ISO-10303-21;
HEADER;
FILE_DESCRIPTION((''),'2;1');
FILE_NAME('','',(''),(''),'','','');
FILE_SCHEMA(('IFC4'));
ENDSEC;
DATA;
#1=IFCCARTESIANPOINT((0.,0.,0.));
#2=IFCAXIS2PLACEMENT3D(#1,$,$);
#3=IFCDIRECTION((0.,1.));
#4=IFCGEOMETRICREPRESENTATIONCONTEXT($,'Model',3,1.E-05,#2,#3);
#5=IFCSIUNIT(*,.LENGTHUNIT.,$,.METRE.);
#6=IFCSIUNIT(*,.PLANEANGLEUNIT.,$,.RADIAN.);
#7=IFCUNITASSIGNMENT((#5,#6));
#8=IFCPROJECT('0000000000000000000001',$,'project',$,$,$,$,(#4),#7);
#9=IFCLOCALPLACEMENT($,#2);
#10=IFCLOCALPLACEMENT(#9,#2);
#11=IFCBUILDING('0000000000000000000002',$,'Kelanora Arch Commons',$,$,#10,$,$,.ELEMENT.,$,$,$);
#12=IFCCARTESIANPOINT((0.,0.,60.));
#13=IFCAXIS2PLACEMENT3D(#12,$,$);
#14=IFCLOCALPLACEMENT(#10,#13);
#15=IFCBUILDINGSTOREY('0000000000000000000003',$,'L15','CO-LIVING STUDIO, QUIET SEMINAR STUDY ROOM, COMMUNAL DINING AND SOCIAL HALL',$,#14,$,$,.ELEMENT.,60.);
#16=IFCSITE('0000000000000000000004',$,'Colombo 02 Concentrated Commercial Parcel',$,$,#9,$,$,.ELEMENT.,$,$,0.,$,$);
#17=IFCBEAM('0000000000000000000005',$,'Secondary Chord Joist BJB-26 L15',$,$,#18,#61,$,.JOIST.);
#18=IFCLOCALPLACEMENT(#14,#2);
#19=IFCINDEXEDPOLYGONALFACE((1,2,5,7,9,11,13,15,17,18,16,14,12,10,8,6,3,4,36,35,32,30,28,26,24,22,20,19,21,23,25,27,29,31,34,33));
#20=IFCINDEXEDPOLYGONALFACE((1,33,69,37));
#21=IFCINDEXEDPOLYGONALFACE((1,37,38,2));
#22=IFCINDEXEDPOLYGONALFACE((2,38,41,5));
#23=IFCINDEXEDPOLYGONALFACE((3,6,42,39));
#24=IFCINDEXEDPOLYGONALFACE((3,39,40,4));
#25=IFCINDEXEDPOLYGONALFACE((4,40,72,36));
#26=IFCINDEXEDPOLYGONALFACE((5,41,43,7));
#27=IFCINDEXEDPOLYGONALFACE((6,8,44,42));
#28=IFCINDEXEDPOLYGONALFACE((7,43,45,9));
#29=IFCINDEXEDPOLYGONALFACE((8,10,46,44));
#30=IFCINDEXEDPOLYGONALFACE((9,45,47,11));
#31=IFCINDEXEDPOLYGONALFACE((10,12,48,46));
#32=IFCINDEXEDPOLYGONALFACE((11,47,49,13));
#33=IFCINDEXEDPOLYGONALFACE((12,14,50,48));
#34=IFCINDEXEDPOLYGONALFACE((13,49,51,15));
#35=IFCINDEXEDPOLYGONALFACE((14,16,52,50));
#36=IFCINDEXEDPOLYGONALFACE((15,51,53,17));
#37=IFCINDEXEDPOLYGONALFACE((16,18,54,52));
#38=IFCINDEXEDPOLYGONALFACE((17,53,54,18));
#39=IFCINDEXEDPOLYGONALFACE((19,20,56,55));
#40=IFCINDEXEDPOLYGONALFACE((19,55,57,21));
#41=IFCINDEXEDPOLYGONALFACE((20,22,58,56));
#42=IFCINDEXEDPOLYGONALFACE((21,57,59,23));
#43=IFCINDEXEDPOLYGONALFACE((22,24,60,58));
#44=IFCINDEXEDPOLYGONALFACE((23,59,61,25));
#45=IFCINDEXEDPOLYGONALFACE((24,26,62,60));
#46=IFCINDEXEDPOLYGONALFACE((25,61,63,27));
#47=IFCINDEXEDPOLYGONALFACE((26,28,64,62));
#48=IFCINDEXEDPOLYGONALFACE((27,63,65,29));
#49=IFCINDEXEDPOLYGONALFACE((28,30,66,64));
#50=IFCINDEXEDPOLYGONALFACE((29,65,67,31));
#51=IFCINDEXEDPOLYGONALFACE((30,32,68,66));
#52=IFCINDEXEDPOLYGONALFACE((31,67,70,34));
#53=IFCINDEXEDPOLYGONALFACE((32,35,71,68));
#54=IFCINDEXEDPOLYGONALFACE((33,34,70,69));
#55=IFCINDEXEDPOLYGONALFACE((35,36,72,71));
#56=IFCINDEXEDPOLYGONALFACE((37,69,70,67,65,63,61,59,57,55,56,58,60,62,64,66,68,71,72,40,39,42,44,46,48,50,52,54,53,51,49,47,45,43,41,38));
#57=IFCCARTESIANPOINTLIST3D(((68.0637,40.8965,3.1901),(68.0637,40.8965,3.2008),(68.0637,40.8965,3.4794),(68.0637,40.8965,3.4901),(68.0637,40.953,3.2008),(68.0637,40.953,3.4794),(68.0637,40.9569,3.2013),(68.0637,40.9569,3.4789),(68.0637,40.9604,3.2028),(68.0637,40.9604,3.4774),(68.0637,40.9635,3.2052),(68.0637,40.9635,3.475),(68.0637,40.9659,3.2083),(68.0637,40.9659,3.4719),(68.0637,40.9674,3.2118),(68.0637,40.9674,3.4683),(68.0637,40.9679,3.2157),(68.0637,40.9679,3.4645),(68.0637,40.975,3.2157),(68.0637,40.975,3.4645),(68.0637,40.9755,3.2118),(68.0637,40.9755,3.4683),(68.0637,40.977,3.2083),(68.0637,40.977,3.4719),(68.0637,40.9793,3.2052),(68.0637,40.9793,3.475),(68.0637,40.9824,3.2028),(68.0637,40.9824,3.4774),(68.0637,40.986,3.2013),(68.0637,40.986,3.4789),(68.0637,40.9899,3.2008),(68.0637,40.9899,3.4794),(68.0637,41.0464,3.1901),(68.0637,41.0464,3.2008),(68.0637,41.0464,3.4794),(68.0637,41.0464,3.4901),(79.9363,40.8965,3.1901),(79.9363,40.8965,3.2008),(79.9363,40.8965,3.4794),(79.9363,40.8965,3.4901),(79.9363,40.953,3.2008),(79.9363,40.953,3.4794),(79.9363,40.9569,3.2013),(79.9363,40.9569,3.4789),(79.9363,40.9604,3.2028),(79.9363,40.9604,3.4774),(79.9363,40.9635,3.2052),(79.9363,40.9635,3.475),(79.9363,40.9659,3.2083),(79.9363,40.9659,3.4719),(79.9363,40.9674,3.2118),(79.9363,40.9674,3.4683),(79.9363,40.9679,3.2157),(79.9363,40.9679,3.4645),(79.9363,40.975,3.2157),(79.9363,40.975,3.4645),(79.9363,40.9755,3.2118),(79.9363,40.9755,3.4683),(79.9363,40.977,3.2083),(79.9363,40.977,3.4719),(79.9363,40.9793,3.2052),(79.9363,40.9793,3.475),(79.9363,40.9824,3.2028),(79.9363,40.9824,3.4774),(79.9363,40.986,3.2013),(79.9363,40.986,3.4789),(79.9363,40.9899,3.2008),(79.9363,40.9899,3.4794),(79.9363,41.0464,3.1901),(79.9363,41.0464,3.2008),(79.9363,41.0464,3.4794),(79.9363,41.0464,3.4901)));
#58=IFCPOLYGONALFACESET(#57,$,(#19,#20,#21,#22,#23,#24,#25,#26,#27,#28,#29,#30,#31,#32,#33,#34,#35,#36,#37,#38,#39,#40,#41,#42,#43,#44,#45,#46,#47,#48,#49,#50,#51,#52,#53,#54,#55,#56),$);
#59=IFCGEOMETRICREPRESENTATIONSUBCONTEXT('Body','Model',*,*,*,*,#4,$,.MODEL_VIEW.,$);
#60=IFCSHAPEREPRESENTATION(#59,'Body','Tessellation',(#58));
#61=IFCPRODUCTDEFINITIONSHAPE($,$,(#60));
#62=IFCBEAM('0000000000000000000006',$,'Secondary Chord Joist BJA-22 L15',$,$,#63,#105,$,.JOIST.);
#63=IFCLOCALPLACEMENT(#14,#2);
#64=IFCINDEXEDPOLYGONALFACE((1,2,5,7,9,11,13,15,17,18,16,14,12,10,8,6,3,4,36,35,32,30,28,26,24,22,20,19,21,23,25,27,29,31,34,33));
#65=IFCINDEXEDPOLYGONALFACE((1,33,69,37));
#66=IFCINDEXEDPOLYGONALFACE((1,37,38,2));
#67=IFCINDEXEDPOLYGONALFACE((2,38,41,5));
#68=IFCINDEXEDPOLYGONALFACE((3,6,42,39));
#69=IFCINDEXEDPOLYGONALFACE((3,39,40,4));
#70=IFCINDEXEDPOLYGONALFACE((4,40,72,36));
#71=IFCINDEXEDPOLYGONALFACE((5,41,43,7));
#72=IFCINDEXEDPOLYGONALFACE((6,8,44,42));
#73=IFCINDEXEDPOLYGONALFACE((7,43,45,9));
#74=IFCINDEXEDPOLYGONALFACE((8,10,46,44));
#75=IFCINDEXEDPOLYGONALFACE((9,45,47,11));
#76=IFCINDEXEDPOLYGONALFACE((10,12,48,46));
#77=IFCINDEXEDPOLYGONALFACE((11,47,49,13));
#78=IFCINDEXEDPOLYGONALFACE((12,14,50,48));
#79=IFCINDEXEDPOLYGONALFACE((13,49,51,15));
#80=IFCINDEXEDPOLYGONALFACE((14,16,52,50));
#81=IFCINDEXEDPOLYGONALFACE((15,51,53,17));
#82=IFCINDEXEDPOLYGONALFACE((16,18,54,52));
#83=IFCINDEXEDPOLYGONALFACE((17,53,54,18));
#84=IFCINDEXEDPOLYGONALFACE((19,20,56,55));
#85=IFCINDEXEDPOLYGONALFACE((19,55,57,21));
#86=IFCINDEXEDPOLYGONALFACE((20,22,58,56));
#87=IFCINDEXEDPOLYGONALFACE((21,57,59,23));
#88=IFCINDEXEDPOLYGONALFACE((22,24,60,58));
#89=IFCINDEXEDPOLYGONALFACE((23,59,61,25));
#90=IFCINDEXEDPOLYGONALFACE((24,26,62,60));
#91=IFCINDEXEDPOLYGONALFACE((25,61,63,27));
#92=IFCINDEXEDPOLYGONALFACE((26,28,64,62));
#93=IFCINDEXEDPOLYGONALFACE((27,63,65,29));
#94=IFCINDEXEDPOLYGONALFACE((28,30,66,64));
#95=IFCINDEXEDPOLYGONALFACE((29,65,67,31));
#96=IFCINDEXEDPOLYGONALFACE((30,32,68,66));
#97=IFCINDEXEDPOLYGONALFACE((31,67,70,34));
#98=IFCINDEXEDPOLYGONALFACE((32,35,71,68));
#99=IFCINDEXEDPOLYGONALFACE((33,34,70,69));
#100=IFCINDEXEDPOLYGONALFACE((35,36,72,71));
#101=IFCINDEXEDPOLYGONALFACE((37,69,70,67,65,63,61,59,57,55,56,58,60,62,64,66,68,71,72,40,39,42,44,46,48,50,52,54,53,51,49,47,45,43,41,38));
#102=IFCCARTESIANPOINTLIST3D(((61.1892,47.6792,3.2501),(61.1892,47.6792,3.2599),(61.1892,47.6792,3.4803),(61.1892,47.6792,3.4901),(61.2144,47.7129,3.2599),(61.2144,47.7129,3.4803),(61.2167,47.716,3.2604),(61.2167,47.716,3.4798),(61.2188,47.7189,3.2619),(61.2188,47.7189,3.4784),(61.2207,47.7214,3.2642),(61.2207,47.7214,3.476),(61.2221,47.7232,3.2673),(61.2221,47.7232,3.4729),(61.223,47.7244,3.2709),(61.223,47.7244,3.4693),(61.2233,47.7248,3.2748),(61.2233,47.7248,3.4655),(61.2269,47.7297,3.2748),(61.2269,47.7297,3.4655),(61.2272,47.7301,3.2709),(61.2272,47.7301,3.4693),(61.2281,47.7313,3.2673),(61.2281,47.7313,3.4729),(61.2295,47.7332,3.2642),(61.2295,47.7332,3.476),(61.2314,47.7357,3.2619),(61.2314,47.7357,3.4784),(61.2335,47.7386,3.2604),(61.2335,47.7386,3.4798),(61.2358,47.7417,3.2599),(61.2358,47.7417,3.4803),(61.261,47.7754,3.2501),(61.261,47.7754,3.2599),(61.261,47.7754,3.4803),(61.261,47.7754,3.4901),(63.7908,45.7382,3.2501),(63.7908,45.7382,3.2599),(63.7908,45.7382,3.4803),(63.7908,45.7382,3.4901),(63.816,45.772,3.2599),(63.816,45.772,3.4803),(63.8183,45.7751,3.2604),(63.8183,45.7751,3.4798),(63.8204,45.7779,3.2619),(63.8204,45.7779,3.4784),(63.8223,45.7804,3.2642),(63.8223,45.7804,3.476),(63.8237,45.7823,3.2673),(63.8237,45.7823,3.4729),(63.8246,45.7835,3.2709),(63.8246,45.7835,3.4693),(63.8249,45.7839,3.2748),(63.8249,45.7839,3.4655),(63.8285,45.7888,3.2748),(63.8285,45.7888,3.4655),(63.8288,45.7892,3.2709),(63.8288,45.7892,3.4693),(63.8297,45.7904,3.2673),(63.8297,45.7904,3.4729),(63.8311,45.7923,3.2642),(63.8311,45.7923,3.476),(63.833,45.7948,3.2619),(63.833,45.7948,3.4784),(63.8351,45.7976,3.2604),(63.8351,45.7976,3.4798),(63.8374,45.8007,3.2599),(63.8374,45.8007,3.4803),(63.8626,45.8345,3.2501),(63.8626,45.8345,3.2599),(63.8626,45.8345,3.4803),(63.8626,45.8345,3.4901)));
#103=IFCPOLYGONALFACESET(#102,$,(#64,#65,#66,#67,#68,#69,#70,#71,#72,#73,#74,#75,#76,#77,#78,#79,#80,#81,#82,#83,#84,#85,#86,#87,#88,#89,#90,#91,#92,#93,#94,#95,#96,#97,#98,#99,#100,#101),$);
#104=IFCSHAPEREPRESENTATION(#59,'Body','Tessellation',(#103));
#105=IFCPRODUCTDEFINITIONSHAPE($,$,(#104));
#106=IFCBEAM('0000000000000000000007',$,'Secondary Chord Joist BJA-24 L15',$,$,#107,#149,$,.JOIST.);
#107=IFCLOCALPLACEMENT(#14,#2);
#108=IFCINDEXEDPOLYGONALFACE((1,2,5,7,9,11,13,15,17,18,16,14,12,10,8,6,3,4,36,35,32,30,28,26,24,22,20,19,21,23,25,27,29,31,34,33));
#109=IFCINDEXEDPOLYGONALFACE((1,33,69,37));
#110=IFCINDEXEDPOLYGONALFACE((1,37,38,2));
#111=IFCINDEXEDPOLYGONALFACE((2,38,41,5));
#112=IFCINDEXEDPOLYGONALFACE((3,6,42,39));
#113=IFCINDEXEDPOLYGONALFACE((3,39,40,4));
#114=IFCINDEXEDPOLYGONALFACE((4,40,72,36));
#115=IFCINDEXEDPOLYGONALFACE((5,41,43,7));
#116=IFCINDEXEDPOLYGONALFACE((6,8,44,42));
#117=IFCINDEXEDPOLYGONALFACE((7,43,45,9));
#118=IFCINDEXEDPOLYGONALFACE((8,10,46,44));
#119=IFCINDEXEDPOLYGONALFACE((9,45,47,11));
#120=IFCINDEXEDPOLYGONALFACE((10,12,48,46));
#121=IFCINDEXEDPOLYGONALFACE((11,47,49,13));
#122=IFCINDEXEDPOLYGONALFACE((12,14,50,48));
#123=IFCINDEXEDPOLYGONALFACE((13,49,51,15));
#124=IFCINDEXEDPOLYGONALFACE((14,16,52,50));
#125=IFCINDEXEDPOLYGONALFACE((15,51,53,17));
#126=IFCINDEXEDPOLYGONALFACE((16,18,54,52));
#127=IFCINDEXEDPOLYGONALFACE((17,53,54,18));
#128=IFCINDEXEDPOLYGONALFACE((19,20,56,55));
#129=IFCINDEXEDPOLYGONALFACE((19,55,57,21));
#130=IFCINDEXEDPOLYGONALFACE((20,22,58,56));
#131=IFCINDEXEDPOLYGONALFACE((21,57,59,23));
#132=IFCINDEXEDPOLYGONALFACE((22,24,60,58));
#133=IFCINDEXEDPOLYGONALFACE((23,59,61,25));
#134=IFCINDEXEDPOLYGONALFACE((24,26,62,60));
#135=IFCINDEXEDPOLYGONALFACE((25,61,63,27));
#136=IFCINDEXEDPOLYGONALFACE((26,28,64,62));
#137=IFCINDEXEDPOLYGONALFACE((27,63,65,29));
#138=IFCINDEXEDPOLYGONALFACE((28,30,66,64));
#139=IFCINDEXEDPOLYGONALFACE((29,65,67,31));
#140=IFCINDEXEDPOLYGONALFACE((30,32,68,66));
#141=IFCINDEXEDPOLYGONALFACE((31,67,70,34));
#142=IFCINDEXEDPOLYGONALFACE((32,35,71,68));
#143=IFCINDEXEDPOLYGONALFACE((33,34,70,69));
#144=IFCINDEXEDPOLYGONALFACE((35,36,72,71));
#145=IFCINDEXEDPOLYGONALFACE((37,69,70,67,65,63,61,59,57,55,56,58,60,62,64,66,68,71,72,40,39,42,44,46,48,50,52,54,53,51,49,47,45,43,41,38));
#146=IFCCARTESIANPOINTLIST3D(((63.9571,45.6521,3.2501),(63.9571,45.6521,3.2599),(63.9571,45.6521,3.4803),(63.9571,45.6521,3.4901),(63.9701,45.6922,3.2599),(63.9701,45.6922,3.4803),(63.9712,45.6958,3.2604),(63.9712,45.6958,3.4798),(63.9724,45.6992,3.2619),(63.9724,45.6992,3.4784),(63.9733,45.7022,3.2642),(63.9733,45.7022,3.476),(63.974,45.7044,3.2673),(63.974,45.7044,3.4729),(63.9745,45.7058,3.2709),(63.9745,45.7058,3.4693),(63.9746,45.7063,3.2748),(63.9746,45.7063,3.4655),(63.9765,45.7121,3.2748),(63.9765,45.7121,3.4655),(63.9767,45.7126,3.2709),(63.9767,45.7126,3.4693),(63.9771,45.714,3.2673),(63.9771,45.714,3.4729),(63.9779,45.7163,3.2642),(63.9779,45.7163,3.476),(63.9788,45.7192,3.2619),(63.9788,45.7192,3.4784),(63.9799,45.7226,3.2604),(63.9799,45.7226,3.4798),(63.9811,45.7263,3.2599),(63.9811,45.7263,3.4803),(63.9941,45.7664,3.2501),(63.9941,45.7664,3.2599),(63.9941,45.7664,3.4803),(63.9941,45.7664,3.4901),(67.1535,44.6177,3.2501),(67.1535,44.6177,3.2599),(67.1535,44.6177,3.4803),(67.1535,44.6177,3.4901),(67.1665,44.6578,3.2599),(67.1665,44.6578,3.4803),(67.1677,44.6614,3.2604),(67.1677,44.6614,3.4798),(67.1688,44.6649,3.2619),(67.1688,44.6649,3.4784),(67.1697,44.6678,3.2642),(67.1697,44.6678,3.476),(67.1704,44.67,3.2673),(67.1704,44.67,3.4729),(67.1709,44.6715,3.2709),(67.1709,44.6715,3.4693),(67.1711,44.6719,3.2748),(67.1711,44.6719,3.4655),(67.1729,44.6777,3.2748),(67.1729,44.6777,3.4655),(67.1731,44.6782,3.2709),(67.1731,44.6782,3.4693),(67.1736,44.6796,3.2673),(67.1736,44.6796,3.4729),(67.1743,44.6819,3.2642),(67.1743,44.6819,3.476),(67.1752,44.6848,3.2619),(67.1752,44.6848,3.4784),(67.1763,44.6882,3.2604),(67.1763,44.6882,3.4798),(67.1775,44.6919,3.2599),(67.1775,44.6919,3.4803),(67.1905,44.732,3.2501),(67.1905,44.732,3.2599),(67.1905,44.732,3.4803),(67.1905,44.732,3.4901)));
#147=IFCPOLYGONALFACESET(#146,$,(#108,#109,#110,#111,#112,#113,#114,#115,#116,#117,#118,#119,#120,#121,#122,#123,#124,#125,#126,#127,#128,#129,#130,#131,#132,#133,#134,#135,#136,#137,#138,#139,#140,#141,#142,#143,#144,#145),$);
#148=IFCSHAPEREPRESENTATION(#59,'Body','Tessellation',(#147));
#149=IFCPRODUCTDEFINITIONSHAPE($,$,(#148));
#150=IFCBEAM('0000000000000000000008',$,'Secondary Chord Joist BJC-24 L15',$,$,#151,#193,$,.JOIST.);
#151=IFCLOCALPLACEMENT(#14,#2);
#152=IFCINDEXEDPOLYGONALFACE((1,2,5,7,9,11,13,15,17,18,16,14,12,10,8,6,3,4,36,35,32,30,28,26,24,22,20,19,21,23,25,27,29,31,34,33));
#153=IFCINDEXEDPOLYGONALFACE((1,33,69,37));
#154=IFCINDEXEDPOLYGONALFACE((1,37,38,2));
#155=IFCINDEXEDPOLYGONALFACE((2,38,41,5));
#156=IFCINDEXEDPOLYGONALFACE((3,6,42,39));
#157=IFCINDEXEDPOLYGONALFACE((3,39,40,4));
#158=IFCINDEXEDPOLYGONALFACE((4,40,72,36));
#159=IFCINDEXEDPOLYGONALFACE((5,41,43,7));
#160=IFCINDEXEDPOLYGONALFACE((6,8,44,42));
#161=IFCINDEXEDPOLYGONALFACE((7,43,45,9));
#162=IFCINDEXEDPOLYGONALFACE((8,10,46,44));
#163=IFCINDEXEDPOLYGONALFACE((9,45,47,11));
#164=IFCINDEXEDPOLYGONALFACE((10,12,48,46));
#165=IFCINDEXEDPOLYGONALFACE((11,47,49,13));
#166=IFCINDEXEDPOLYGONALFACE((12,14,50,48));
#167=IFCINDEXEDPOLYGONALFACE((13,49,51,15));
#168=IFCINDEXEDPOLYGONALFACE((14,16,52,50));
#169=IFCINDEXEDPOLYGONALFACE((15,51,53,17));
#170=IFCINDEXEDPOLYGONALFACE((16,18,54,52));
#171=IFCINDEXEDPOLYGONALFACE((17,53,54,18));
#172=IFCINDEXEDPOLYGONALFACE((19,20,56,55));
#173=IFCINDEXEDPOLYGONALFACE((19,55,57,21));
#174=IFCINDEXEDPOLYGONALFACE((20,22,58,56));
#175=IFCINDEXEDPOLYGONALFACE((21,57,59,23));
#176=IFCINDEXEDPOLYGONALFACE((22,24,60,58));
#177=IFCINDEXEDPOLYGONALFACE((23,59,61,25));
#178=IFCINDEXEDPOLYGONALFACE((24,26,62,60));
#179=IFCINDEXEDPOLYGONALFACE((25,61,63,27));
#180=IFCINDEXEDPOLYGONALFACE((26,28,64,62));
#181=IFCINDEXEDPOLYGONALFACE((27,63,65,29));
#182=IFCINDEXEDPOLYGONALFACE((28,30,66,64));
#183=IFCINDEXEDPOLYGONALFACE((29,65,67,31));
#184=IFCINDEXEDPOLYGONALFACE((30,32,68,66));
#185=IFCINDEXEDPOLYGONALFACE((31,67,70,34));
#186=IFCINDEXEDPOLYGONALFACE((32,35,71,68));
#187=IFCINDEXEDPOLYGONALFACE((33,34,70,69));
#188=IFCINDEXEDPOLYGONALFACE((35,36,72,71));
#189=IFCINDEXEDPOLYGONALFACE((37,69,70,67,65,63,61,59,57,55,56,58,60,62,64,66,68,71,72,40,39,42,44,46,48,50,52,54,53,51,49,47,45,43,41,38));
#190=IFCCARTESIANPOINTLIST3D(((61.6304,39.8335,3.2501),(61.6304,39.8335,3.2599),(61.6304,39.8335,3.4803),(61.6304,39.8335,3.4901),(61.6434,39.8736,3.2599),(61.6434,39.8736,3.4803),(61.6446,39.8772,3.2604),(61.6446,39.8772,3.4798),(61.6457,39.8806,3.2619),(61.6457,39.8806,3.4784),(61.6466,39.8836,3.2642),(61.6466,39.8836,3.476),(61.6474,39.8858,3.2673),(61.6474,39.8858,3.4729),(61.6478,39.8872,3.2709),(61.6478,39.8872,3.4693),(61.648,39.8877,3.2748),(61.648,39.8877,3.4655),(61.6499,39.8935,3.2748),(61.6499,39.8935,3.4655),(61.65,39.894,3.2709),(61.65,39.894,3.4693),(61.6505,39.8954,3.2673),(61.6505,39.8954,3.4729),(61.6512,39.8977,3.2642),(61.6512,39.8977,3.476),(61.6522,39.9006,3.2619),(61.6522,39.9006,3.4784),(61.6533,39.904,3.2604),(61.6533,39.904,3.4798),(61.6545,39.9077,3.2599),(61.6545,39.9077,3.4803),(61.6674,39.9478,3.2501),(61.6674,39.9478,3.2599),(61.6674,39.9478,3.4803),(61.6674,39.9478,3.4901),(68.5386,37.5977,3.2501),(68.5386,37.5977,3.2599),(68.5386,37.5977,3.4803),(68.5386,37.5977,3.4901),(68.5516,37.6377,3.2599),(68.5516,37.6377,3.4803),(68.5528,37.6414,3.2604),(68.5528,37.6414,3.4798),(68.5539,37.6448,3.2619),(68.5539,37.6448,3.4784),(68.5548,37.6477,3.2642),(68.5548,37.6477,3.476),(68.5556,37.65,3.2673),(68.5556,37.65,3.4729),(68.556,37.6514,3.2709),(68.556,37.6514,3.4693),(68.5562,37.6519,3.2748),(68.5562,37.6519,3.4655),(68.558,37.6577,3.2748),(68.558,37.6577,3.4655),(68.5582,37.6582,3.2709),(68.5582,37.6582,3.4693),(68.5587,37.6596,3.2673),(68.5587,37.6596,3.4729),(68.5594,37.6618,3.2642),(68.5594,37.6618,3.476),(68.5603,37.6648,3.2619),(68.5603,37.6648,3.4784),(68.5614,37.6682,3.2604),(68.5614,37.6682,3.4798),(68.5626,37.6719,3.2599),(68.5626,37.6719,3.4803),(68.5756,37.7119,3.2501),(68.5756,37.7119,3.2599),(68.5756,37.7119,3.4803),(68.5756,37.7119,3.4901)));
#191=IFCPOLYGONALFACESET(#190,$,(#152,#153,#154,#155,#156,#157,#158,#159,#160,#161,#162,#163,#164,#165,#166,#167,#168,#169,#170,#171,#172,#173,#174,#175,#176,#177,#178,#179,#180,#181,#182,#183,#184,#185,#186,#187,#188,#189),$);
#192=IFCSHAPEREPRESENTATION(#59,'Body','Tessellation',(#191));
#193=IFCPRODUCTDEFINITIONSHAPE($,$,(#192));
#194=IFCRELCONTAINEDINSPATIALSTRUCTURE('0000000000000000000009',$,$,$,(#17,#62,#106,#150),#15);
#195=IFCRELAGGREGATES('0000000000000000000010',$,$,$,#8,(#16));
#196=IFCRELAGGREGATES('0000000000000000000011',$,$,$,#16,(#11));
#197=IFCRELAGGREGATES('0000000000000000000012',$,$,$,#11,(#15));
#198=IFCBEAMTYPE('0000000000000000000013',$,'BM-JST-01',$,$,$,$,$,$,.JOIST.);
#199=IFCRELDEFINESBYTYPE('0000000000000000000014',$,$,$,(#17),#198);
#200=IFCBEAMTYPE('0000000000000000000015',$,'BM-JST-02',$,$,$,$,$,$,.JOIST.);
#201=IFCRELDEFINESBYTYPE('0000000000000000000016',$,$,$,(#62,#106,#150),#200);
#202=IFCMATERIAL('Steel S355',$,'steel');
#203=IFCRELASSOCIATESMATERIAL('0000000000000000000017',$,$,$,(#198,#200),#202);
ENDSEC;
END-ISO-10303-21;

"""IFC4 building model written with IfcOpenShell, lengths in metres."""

from ifc_helpers import new_model, si_unit, direction, frame, origin, origin_2d, place, context, subcontext, project, spatial, i_section, extrude, material, material_profile, profile_set, type_object, element, save


model = new_model("IFC4")

# Units and contexts
model_context = context("Model", 3, precision=1e-05, world=origin(), true_north=direction((0.0, 1.0)))
body_context = subcontext(model_context, "Body", "Model", "MODEL_VIEW")
ifc_project = project(units=[si_unit("LENGTHUNIT", "METRE"), si_unit("PLANEANGLEUNIT", "RADIAN")], contexts=[model_context])

# Site, building, storey
site_placement = place(None, origin())
site = spatial("IfcSite", under=ifc_project, at=site_placement, Name="Colombo 02 Concentrated Commercial Parcel", CompositionType="ELEMENT", RefElevation=0.0)
building_placement = place(site_placement, origin())
building = spatial("IfcBuilding", under=site, at=building_placement, Name="Kelanora Arch Commons", CompositionType="ELEMENT")
storey_placement = place(building_placement, frame((0.0, 0.0, 60.0)))
storey = spatial("IfcBuildingStorey", under=building, at=storey_placement, Name="L15", Description="CO-LIVING STUDIO, QUIET SEMINAR STUDY ROOM, COMMUNAL DINING AND SOCIAL HALL", CompositionType="ELEMENT", Elevation=60.0)

# Beams
ifc_material_1 = material(Name="Steel S355", Category="steel")
ifc_material_profile_1 = material_profile(ifc_material_1, i_section(OverallWidth=0.1499, OverallDepth=0.3, WebThickness=0.0071, FlangeThickness=0.0107, FilletRadius=0.0149, at=origin_2d()), Name="IPE300")
ifc_profile_set_1 = profile_set([ifc_material_profile_1], Name="Steel S355")
beam_type_1 = type_object("IfcBeamType", Name="BM-JST-01", PredefinedType="JOIST", material=ifc_profile_set_1)
beam_1_placement = place(storey_placement, frame((68.0637, 40.9714, 3.3401), z_axis=(1.0, 0.0, 0.0), x_axis=(0.0, 1.0, 0.0)))
element("IfcBeam", 1, at=beam_1_placement, inside=storey, type_object=beam_type_1, Name="Secondary Chord Joist BJB-26 L15", PredefinedType="JOIST", context=body_context, shape_type="SweptSolid", body=[
    extrude(i_section(OverallWidth=0.1499, OverallDepth=0.3, WebThickness=0.0071, FlangeThickness=0.0107, FilletRadius=0.0149, at=origin_2d()), origin(), (0.0, 0.0, 1.0), 11.8726),
])
ifc_material_profile_2 = material_profile(ifc_material_1, i_section(OverallWidth=0.1201, OverallDepth=0.24, WebThickness=0.0061, FlangeThickness=0.0098, FilletRadius=0.0149, at=origin_2d()), Name="IPE240")
ifc_profile_set_2 = profile_set([ifc_material_profile_2], Name="Steel S355")
beam_type_2 = type_object("IfcBeamType", Name="BM-JST-02", PredefinedType="JOIST", material=ifc_profile_set_2)
beam_2_placement = place(storey_placement, frame((61.2251, 47.7273, 3.3701), z_axis=(0.801514, -0.597976, 0.0), x_axis=(0.597976, 0.801514, 0.0)))
element("IfcBeam", 2, at=beam_2_placement, inside=storey, type_object=beam_type_2, Name="Secondary Chord Joist BJA-22 L15", PredefinedType="JOIST", context=body_context, shape_type="SweptSolid", body=[
    extrude(i_section(OverallWidth=0.1201, OverallDepth=0.24, WebThickness=0.0061, FlangeThickness=0.0098, FilletRadius=0.0149, at=origin_2d()), origin(), (0.0, 0.0, 1.0), 3.2458),
])
beam_3_placement = place(storey_placement, frame((63.9756, 45.7092, 3.3701), z_axis=(0.951423, -0.307888, 0.0), x_axis=(0.307888, 0.951423, 0.0)))
element("IfcBeam", 3, at=beam_3_placement, inside=storey, type_object=beam_type_2, Name="Secondary Chord Joist BJA-24 L15", PredefinedType="JOIST", context=body_context, shape_type="SweptSolid", body=[
    extrude(i_section(OverallWidth=0.1201, OverallDepth=0.24, WebThickness=0.0061, FlangeThickness=0.0098, FilletRadius=0.0149, at=origin_2d()), origin(), (0.0, 0.0, 1.0), 3.3596),
])
beam_4_placement = place(storey_placement, frame((61.6489, 39.8906, 3.3701), z_axis=(0.951411, -0.307924, 0.0), x_axis=(0.307924, 0.951411, 0.0)))
element("IfcBeam", 4, at=beam_4_placement, inside=storey, type_object=beam_type_2, Name="Secondary Chord Joist BJC-24 L15", PredefinedType="JOIST", context=body_context, shape_type="SweptSolid", body=[
    extrude(i_section(OverallWidth=0.1201, OverallDepth=0.24, WebThickness=0.0061, FlangeThickness=0.0098, FilletRadius=0.0149, at=origin_2d()), origin(), (0.0, 0.0, 1.0), 7.261),
])

save(model, "model.ifc")
